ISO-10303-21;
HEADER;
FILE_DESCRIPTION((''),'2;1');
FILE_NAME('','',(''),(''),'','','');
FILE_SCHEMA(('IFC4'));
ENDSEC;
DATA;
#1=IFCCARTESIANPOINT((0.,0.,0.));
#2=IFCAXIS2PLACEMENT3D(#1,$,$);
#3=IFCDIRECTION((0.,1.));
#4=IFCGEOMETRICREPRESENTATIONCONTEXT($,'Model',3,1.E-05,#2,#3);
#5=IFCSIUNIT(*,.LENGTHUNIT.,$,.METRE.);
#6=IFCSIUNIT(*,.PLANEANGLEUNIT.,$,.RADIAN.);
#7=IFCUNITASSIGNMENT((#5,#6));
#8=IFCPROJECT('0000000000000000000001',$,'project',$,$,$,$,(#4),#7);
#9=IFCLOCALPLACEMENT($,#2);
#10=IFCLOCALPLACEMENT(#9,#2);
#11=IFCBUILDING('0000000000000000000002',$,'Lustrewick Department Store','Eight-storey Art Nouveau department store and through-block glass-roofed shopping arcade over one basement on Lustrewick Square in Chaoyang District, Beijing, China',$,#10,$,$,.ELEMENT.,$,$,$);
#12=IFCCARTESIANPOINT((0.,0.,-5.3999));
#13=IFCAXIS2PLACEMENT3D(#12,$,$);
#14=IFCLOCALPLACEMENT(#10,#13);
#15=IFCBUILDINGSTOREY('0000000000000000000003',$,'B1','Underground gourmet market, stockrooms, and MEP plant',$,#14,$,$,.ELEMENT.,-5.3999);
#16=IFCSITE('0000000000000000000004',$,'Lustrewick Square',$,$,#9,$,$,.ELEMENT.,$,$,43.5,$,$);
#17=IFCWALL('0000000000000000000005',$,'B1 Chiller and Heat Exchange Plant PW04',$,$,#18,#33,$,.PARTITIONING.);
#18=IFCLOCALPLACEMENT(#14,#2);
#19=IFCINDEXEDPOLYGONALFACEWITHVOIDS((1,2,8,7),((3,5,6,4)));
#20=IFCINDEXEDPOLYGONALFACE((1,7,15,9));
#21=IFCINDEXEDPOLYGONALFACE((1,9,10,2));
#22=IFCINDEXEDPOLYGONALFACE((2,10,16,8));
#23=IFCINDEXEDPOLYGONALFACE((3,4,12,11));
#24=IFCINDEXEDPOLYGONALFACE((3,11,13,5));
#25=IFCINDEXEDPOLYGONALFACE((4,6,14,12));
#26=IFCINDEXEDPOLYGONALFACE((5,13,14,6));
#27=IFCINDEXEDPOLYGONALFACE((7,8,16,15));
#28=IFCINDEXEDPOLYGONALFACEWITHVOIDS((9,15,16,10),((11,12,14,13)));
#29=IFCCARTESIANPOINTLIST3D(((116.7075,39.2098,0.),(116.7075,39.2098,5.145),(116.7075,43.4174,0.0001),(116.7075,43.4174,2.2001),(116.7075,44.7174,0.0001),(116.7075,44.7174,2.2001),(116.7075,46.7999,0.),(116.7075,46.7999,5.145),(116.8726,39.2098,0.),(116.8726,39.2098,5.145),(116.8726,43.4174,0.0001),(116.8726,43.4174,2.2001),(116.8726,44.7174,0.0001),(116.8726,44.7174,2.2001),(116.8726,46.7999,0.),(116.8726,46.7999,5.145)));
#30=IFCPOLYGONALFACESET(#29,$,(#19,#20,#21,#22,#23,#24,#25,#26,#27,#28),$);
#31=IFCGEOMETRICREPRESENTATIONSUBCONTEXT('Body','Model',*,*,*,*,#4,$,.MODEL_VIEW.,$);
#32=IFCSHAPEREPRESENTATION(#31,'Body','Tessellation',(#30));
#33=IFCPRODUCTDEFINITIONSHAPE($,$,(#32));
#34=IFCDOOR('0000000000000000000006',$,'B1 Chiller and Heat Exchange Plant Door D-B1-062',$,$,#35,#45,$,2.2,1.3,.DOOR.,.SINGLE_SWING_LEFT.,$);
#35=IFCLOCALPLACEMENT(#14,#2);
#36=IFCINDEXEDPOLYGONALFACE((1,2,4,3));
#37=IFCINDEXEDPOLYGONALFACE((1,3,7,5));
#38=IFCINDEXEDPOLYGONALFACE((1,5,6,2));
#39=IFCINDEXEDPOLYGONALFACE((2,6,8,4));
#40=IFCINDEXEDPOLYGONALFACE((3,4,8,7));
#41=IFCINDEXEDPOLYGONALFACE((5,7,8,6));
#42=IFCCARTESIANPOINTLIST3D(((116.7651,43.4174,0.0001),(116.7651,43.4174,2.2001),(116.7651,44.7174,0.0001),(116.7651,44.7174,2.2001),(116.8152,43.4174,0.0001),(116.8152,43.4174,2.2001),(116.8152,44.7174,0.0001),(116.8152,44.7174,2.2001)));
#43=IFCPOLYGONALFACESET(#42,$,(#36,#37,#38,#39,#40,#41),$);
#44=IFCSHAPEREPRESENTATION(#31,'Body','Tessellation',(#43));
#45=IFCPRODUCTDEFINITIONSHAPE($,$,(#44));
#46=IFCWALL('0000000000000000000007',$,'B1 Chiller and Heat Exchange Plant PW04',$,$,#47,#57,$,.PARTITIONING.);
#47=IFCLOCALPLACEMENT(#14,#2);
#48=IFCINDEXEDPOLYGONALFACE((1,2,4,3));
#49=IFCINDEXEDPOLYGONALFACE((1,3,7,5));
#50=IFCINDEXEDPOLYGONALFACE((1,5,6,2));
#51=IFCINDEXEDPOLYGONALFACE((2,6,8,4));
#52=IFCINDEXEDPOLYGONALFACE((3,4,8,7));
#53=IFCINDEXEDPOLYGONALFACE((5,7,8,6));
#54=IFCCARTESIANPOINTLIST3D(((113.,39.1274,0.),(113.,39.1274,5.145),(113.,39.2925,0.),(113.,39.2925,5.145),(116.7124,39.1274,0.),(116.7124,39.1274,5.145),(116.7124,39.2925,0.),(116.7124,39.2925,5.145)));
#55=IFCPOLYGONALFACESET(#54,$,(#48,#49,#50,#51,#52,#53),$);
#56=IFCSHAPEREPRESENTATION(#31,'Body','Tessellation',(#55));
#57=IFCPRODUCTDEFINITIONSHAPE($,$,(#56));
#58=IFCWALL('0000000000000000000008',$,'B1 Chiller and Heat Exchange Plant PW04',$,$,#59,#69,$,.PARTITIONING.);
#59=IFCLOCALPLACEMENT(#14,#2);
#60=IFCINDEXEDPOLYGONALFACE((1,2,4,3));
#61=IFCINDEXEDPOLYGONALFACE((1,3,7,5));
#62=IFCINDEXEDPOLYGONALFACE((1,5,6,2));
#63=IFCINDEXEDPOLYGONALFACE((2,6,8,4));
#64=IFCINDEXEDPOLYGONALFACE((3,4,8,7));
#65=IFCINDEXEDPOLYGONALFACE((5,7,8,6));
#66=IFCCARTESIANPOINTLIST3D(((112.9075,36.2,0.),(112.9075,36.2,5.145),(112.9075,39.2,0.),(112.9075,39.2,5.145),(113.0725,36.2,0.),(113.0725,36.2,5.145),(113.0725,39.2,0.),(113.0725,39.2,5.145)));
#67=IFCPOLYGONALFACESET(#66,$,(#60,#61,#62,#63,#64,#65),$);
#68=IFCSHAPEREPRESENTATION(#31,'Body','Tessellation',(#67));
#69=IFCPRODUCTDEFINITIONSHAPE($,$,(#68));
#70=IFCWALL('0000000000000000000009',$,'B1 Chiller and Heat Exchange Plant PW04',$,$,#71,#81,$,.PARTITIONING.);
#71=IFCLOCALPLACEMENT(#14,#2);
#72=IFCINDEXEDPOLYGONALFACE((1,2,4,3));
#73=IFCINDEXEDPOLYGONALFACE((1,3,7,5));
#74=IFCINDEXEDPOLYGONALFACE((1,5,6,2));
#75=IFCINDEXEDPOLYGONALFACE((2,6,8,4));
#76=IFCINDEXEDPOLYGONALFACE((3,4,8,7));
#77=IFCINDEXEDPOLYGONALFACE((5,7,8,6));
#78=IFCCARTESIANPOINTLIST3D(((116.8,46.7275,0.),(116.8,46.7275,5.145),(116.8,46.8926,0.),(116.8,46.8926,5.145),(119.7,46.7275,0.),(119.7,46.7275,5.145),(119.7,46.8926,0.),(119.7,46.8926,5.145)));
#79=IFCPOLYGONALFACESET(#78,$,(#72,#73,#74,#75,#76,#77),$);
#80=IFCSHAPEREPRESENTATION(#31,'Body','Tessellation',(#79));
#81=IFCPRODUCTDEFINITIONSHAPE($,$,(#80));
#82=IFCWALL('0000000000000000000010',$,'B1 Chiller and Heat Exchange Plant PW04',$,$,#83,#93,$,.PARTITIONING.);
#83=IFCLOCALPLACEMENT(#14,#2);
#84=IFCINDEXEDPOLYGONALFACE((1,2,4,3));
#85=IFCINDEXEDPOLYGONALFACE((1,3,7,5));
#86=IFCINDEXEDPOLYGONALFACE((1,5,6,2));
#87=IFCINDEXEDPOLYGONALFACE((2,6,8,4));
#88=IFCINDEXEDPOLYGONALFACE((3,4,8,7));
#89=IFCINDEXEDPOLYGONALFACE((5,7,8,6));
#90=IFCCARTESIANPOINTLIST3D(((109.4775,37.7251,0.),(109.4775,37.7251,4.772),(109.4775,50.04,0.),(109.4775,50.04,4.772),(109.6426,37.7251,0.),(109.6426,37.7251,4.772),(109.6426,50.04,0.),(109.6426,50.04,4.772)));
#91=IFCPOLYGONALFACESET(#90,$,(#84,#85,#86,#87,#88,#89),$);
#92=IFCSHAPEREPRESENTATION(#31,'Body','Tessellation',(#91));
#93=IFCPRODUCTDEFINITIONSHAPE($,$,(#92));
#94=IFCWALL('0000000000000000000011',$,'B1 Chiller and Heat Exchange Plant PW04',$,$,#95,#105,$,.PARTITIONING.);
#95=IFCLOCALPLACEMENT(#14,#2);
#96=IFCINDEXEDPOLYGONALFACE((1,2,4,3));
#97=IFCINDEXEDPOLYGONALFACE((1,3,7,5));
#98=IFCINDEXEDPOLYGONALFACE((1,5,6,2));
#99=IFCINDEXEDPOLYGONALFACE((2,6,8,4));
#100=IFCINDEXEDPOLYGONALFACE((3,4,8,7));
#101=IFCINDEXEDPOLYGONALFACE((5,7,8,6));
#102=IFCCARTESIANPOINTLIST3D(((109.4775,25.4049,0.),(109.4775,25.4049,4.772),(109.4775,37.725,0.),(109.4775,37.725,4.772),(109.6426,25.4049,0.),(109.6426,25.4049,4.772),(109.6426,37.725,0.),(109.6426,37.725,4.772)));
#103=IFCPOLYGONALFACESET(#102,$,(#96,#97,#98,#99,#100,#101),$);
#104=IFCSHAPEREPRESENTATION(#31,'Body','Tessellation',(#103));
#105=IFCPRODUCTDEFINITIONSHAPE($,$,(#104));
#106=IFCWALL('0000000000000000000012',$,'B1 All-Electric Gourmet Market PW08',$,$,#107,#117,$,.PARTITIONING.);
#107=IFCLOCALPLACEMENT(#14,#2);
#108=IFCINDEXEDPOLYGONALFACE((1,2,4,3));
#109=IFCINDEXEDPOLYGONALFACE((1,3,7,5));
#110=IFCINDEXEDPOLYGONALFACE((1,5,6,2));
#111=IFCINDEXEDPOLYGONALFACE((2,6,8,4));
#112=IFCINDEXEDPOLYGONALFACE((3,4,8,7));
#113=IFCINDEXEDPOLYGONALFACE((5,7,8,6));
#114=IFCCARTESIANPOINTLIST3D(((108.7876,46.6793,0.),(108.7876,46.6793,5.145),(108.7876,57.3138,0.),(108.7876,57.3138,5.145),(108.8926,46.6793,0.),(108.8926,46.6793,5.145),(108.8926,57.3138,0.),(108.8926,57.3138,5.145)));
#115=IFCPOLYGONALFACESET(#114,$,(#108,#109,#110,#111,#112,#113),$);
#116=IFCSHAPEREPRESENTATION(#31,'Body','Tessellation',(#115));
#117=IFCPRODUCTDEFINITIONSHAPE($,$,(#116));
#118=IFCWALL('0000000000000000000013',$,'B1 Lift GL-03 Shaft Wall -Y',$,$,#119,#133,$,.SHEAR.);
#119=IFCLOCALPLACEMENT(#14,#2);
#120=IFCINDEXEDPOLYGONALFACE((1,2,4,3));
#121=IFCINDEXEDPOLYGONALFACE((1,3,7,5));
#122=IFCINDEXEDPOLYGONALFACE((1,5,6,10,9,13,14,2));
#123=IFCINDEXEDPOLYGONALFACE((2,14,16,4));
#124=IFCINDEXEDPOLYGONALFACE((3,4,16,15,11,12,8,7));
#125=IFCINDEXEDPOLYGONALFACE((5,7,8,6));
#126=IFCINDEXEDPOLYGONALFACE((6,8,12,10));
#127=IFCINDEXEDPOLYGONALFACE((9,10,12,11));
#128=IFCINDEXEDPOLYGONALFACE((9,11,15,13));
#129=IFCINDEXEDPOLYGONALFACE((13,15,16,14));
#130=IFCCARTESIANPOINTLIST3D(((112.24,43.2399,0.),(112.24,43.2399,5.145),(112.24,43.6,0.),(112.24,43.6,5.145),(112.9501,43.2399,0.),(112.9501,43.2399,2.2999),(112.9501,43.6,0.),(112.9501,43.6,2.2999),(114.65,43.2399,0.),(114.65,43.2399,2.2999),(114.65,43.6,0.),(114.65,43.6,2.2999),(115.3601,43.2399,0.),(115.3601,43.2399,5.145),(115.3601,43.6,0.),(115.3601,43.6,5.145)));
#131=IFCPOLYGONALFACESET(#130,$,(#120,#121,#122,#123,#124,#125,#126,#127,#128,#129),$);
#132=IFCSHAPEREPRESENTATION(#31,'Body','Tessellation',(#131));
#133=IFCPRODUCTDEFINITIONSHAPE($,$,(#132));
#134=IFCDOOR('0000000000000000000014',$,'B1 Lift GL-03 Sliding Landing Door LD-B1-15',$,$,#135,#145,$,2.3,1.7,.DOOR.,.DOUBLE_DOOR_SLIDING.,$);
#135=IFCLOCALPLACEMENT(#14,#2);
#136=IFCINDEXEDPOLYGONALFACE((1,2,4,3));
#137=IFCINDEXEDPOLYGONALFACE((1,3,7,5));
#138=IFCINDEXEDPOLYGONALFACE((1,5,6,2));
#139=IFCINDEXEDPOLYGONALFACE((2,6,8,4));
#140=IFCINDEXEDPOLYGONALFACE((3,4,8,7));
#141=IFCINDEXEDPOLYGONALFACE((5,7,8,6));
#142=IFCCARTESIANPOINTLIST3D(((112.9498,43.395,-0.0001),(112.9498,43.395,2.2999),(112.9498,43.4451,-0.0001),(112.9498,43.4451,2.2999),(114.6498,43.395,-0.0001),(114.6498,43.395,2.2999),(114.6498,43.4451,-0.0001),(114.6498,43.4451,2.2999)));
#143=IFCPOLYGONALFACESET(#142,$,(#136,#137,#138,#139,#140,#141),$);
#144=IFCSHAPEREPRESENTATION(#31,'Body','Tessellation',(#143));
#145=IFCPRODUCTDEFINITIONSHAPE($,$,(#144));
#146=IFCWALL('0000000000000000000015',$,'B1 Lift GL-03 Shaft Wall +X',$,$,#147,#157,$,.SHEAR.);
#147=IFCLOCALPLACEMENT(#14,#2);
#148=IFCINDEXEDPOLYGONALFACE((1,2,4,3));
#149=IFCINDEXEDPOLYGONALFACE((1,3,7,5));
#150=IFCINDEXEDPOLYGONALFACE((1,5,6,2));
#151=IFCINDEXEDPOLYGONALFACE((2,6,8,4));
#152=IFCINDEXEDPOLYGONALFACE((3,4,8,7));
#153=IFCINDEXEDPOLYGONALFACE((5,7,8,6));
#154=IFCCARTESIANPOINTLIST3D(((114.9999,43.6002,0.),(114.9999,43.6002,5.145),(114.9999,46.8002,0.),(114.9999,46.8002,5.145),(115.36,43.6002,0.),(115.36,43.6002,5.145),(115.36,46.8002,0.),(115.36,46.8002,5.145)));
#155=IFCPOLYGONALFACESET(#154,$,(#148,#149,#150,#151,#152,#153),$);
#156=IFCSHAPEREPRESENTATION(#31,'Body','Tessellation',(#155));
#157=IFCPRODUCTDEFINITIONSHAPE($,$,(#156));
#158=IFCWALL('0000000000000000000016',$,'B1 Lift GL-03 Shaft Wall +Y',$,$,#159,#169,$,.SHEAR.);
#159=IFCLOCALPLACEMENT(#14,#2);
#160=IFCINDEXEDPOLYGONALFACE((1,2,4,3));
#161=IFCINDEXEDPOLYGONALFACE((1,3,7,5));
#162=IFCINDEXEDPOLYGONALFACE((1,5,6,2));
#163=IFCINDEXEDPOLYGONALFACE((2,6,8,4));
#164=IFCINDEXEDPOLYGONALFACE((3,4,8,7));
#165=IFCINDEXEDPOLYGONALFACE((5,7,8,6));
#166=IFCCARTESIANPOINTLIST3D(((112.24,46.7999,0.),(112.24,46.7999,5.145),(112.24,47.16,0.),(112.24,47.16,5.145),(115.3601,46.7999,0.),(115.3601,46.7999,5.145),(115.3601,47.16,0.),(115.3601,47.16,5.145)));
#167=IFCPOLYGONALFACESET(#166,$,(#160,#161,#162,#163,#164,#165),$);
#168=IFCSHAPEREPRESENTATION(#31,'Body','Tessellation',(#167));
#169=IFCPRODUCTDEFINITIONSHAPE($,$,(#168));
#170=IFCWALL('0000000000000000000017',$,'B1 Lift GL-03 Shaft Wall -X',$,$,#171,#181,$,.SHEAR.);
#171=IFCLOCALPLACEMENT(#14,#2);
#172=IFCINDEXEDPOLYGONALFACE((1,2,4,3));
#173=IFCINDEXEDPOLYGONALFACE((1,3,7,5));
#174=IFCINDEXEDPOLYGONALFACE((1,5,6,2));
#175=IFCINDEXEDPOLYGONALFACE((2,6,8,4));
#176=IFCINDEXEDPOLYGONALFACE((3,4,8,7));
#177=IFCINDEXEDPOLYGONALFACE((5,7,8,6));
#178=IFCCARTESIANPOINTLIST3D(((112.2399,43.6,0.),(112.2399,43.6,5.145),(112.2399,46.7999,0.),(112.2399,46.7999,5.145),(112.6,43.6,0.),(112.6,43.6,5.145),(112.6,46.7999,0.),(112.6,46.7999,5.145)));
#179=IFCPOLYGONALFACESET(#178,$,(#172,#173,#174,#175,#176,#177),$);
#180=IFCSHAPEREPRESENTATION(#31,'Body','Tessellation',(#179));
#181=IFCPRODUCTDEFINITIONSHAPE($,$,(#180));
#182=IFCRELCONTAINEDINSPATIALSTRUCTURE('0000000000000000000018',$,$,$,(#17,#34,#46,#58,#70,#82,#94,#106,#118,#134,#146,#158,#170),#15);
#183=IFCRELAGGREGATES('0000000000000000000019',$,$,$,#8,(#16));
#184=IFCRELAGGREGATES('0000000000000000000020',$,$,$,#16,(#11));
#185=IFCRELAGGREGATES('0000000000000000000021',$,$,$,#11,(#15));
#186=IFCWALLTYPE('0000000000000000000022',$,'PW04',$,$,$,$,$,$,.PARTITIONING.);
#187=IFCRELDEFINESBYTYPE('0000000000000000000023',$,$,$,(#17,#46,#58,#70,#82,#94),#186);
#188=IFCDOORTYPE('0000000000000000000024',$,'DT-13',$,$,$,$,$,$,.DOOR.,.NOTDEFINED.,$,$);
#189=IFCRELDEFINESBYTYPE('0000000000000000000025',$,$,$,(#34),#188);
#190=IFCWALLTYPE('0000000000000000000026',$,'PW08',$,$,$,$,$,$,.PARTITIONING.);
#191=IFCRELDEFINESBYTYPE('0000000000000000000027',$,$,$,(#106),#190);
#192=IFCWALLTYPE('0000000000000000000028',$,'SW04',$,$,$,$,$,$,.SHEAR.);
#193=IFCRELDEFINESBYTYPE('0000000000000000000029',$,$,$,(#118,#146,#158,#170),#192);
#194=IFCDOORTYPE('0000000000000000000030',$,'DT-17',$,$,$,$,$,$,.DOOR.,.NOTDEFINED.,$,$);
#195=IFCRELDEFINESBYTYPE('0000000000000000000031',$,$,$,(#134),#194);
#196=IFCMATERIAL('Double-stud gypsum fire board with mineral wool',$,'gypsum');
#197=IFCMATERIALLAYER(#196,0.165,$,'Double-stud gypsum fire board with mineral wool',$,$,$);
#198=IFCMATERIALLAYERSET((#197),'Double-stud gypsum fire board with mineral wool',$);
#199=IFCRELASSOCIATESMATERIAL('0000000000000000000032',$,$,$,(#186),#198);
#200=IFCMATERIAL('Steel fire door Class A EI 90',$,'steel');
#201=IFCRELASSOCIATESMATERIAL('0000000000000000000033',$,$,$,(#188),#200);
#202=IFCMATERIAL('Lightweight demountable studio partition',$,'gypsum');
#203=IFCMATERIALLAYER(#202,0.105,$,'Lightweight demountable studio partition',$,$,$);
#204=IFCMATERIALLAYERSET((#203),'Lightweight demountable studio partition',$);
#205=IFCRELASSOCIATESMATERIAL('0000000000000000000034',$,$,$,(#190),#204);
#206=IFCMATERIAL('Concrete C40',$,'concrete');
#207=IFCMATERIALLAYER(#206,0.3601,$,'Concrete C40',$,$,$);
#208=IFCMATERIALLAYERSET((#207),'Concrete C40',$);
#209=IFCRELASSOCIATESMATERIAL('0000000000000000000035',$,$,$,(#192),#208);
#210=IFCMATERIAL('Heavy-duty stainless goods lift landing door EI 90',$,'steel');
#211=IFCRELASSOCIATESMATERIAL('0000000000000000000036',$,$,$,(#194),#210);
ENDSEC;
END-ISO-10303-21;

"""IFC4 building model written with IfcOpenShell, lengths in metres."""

from ifc_helpers import new_model, si_unit, direction, frame, frame_2d, origin, place, context, subcontext, project, spatial, rectangle, extrude, material, layer, layer_set, type_object, element, fill, save


model = new_model("IFC4")

# Units and contexts
model_context = context("Model", 3, precision=1e-05, world=origin(), true_north=direction((0.0, 1.0)))
body_context = subcontext(model_context, "Body", "Model", "MODEL_VIEW")
ifc_project = project(units=[si_unit("LENGTHUNIT", "METRE"), si_unit("PLANEANGLEUNIT", "RADIAN")], contexts=[model_context])

# Site, building, storey
site_placement = place(None, origin())
site = spatial("IfcSite", under=ifc_project, at=site_placement, Name="Lustrewick Square", CompositionType="ELEMENT", RefElevation=43.5)
building_placement = place(site_placement, origin())
building = spatial("IfcBuilding", under=site, at=building_placement, Name="Lustrewick Department Store", Description="Eight-storey Art Nouveau department store and through-block glass-roofed shopping arcade over one basement on Lustrewick Square in Chaoyang District, Beijing, China", CompositionType="ELEMENT")
storey_placement = place(building_placement, frame((0.0, 0.0, -5.3999)))
storey = spatial("IfcBuildingStorey", under=building, at=storey_placement, Name="B1", Description="Underground gourmet market, stockrooms, and MEP plant", CompositionType="ELEMENT", Elevation=-5.3999)

# Shared definitions
ifc_material_1 = material(Name="Concrete C40", Category="concrete")

# Wall, opening, door
ifc_material_2 = material(Name="Double-stud gypsum fire board with mineral wool", Category="gypsum")
ifc_layer_1 = layer(ifc_material_2, 0.165, Name="Double-stud gypsum fire board with mineral wool")
ifc_layer_set_1 = layer_set([ifc_layer_1], Name="Double-stud gypsum fire board with mineral wool")
wall_type_1 = type_object("IfcWallType", Name="PW04", PredefinedType="PARTITIONING", material=ifc_layer_set_1)
wall_1_placement = place(storey_placement, frame((116.79, 39.21, 0.0), z_axis=(0.0, 0.0, 1.0), x_axis=(0.0, 1.0, 0.0)))
wall_1 = element("IfcWall", 1, at=wall_1_placement, inside=storey, type_object=wall_type_1, Name="B1 Chiller and Heat Exchange Plant PW04", PredefinedType="PARTITIONING", context=body_context, shape_type="SweptSolid", body=[
    extrude(rectangle(XDim=7.5901, YDim=0.165, at=frame_2d((3.7949, 0.0))), origin(), (0.0, 0.0, 1.0), 5.145),
])
opening_1_placement = place(wall_1_placement, frame((4.2075, 0.0, 0.0)))
opening_1 = element("IfcOpeningElement", 2, at=opening_1_placement, cuts=wall_1, PredefinedType="OPENING", context=body_context, shape_type="SweptSolid", body=[
    extrude(rectangle(XDim=1.3, YDim=2.2, at=frame_2d((0.6499, 1.1001))), frame((0.0, 0.0925, 0.0), z_axis=(0.0, -1.0, 0.0), x_axis=(1.0, 0.0, 0.0)), (0.0, 0.0, 1.0), 0.1851),
])
ifc_material_3 = material(Name="Steel fire door Class A EI 90", Category="steel")
door_type_1 = type_object("IfcDoorType", Name="DT-13", OperationType="NOTDEFINED", PredefinedType="DOOR", material=ifc_material_3)
door_1_placement = place(opening_1_placement, origin())
door_1 = element("IfcDoor", 3, at=door_1_placement, inside=storey, type_object=door_type_1, Name="B1 Chiller and Heat Exchange Plant Door D-B1-062", OperationType="SINGLE_SWING_LEFT", OverallHeight=2.2, OverallWidth=1.3, PredefinedType="DOOR", context=body_context, shape_type="SweptSolid", body=[
    extrude(rectangle(XDim=1.3, YDim=2.2, at=frame_2d((0.6499, 1.1001))), frame((0.0, 0.0249, 0.0), z_axis=(0.0, -1.0, 0.0), x_axis=(1.0, 0.0, 0.0)), (0.0, 0.0, 1.0), 0.05),
])
fill(opening_1, door_1)

# Walls
wall_2_placement = place(storey_placement, frame((113.0, 39.21, 0.0), z_axis=(0.0, 0.0, 1.0), x_axis=(1.0, 0.0, 0.0)))
element("IfcWall", 4, at=wall_2_placement, inside=storey, type_object=wall_type_1, Name="B1 Chiller and Heat Exchange Plant PW04", PredefinedType="PARTITIONING", context=body_context, shape_type="SweptSolid", body=[
    extrude(rectangle(XDim=3.7124, YDim=0.165, at=frame_2d((1.8562, 0.0))), origin(), (0.0, 0.0, 1.0), 5.145),
])
wall_3_placement = place(storey_placement, frame((112.99, 36.2, 0.0), z_axis=(0.0, 0.0, 1.0), x_axis=(0.0, 1.0, 0.0)))
element("IfcWall", 5, at=wall_3_placement, inside=storey, type_object=wall_type_1, Name="B1 Chiller and Heat Exchange Plant PW04", PredefinedType="PARTITIONING", context=body_context, shape_type="SweptSolid", body=[
    extrude(rectangle(XDim=3.0, YDim=0.165, at=frame_2d((1.5, 0.0))), origin(), (0.0, 0.0, 1.0), 5.145),
])
wall_4_placement = place(storey_placement, frame((116.8, 46.8101, 0.0), z_axis=(0.0, 0.0, 1.0), x_axis=(1.0, 0.0, 0.0)))
element("IfcWall", 6, at=wall_4_placement, inside=storey, type_object=wall_type_1, Name="B1 Chiller and Heat Exchange Plant PW04", PredefinedType="PARTITIONING", context=body_context, shape_type="SweptSolid", body=[
    extrude(rectangle(XDim=2.8999, YDim=0.165, at=frame_2d((1.45, 0.0))), origin(), (0.0, 0.0, 1.0), 5.145),
])
wall_5_placement = place(storey_placement, frame((109.5601, 50.04, 0.0), z_axis=(0.0, 0.0, 1.0), x_axis=(0.0, -1.0, 0.0)))
element("IfcWall", 7, at=wall_5_placement, inside=storey, type_object=wall_type_1, Name="B1 Chiller and Heat Exchange Plant PW04", PredefinedType="PARTITIONING", context=body_context, shape_type="SweptSolid", body=[
    extrude(rectangle(XDim=12.3149, YDim=0.165, at=frame_2d((6.1575, 0.0))), origin(), (0.0, 0.0, 1.0), 4.772),
])
wall_6_placement = place(storey_placement, frame((109.5601, 37.7251, 0.0), z_axis=(0.0, 0.0, 1.0), x_axis=(0.0, -1.0, 0.0)))
element("IfcWall", 8, at=wall_6_placement, inside=storey, type_object=wall_type_1, Name="B1 Chiller and Heat Exchange Plant PW04", PredefinedType="PARTITIONING", context=body_context, shape_type="SweptSolid", body=[
    extrude(rectangle(XDim=12.3201, YDim=0.165, at=frame_2d((6.1602, 0.0))), origin(), (0.0, 0.0, 1.0), 4.772),
])
ifc_material_4 = material(Name="Lightweight demountable studio partition", Category="gypsum")
ifc_layer_2 = layer(ifc_material_4, 0.105, Name="Lightweight demountable studio partition")
ifc_layer_set_2 = layer_set([ifc_layer_2], Name="Lightweight demountable studio partition")
wall_type_2 = type_object("IfcWallType", Name="PW08", PredefinedType="PARTITIONING", material=ifc_layer_set_2)
wall_7_placement = place(storey_placement, frame((108.8401, 46.6792, 0.0), z_axis=(0.0, 0.0, 1.0), x_axis=(0.0, 1.0, 0.0)))
element("IfcWall", 9, at=wall_7_placement, inside=storey, type_object=wall_type_2, Name="B1 All-Electric Gourmet Market PW08", PredefinedType="PARTITIONING", context=body_context, shape_type="SweptSolid", body=[
    extrude(rectangle(XDim=10.6345, YDim=0.105, at=frame_2d((5.3174, 0.0))), origin(), (0.0, 0.0, 1.0), 5.145),
])

# Wall, opening, door
ifc_layer_3 = layer(ifc_material_1, 0.3601, Name="Concrete C40")
ifc_layer_set_3 = layer_set([ifc_layer_3], Name="Concrete C40")
wall_type_3 = type_object("IfcWallType", Name="SW04", PredefinedType="SHEAR", material=ifc_layer_set_3)
wall_8_placement = place(storey_placement, frame((112.24, 43.4199, 0.0), z_axis=(0.0, 0.0, 1.0), x_axis=(1.0, 0.0, 0.0)))
wall_8 = element("IfcWall", 10, at=wall_8_placement, inside=storey, type_object=wall_type_3, Name="B1 Lift GL-03 Shaft Wall -Y", PredefinedType="SHEAR", context=body_context, shape_type="SweptSolid", body=[
    extrude(rectangle(XDim=3.1201, YDim=0.3601, at=frame_2d((1.5601, 0.0))), origin(), (0.0, 0.0, 1.0), 5.145),
])
opening_2_placement = place(wall_8_placement, frame((0.71, 0.0, 0.0)))
opening_2 = element("IfcOpeningElement", 11, at=opening_2_placement, cuts=wall_8, PredefinedType="OPENING", context=body_context, shape_type="SweptSolid", body=[
    extrude(rectangle(XDim=1.7, YDim=2.3, at=frame_2d((0.8501, 1.1499))), frame((0.0, 0.1899, 0.0), z_axis=(0.0, -1.0, 0.0), x_axis=(1.0, 0.0, 0.0)), (0.0, 0.0, 1.0), 0.3801),
])
ifc_material_5 = material(Name="Heavy-duty stainless goods lift landing door EI 90", Category="steel")
door_type_2 = type_object("IfcDoorType", Name="DT-17", OperationType="NOTDEFINED", PredefinedType="DOOR", material=ifc_material_5)
door_2_placement = place(opening_2_placement, frame((1.7, 0.0, 0.0), z_axis=(0.0, 0.0, 1.0), x_axis=(-1.0, 0.0, 0.0)))
door_2 = element("IfcDoor", 12, at=door_2_placement, inside=storey, type_object=door_type_2, Name="B1 Lift GL-03 Sliding Landing Door LD-B1-15", OperationType="DOUBLE_DOOR_SLIDING", OverallHeight=2.3, OverallWidth=1.7, PredefinedType="DOOR", context=body_context, shape_type="SweptSolid", body=[
    extrude(rectangle(XDim=1.7, YDim=2.3, at=frame_2d((0.8501, 1.1499))), frame((0.0, 0.0249, 0.0), z_axis=(0.0, -1.0, 0.0), x_axis=(1.0, 0.0, 0.0)), (0.0, 0.0, 1.0), 0.05),
])
fill(opening_2, door_2)

# Walls
wall_9_placement = place(storey_placement, frame((115.1799, 43.6001, 0.0), z_axis=(0.0, 0.0, 1.0), x_axis=(0.0, 1.0, 0.0)))
element("IfcWall", 13, at=wall_9_placement, inside=storey, type_object=wall_type_3, Name="B1 Lift GL-03 Shaft Wall +X", PredefinedType="SHEAR", context=body_context, shape_type="SweptSolid", body=[
    extrude(rectangle(XDim=3.2, YDim=0.3601, at=frame_2d((1.6001, 0.0))), origin(), (0.0, 0.0, 1.0), 5.145),
])
wall_10_placement = place(storey_placement, frame((115.3601, 46.98, 0.0), z_axis=(0.0, 0.0, 1.0), x_axis=(-1.0, 0.0, 0.0)))
element("IfcWall", 14, at=wall_10_placement, inside=storey, type_object=wall_type_3, Name="B1 Lift GL-03 Shaft Wall +Y", PredefinedType="SHEAR", context=body_context, shape_type="SweptSolid", body=[
    extrude(rectangle(XDim=3.1201, YDim=0.3601, at=frame_2d((1.5601, 0.0))), origin(), (0.0, 0.0, 1.0), 5.145),
])
wall_11_placement = place(storey_placement, frame((112.4199, 46.8, 0.0), z_axis=(0.0, 0.0, 1.0), x_axis=(0.0, -1.0, 0.0)))
element("IfcWall", 15, at=wall_11_placement, inside=storey, type_object=wall_type_3, Name="B1 Lift GL-03 Shaft Wall -X", PredefinedType="SHEAR", context=body_context, shape_type="SweptSolid", body=[
    extrude(rectangle(XDim=3.2, YDim=0.3601, at=frame_2d((1.6001, 0.0))), origin(), (0.0, 0.0, 1.0), 5.145),
])

save(model, "model.ifc")
